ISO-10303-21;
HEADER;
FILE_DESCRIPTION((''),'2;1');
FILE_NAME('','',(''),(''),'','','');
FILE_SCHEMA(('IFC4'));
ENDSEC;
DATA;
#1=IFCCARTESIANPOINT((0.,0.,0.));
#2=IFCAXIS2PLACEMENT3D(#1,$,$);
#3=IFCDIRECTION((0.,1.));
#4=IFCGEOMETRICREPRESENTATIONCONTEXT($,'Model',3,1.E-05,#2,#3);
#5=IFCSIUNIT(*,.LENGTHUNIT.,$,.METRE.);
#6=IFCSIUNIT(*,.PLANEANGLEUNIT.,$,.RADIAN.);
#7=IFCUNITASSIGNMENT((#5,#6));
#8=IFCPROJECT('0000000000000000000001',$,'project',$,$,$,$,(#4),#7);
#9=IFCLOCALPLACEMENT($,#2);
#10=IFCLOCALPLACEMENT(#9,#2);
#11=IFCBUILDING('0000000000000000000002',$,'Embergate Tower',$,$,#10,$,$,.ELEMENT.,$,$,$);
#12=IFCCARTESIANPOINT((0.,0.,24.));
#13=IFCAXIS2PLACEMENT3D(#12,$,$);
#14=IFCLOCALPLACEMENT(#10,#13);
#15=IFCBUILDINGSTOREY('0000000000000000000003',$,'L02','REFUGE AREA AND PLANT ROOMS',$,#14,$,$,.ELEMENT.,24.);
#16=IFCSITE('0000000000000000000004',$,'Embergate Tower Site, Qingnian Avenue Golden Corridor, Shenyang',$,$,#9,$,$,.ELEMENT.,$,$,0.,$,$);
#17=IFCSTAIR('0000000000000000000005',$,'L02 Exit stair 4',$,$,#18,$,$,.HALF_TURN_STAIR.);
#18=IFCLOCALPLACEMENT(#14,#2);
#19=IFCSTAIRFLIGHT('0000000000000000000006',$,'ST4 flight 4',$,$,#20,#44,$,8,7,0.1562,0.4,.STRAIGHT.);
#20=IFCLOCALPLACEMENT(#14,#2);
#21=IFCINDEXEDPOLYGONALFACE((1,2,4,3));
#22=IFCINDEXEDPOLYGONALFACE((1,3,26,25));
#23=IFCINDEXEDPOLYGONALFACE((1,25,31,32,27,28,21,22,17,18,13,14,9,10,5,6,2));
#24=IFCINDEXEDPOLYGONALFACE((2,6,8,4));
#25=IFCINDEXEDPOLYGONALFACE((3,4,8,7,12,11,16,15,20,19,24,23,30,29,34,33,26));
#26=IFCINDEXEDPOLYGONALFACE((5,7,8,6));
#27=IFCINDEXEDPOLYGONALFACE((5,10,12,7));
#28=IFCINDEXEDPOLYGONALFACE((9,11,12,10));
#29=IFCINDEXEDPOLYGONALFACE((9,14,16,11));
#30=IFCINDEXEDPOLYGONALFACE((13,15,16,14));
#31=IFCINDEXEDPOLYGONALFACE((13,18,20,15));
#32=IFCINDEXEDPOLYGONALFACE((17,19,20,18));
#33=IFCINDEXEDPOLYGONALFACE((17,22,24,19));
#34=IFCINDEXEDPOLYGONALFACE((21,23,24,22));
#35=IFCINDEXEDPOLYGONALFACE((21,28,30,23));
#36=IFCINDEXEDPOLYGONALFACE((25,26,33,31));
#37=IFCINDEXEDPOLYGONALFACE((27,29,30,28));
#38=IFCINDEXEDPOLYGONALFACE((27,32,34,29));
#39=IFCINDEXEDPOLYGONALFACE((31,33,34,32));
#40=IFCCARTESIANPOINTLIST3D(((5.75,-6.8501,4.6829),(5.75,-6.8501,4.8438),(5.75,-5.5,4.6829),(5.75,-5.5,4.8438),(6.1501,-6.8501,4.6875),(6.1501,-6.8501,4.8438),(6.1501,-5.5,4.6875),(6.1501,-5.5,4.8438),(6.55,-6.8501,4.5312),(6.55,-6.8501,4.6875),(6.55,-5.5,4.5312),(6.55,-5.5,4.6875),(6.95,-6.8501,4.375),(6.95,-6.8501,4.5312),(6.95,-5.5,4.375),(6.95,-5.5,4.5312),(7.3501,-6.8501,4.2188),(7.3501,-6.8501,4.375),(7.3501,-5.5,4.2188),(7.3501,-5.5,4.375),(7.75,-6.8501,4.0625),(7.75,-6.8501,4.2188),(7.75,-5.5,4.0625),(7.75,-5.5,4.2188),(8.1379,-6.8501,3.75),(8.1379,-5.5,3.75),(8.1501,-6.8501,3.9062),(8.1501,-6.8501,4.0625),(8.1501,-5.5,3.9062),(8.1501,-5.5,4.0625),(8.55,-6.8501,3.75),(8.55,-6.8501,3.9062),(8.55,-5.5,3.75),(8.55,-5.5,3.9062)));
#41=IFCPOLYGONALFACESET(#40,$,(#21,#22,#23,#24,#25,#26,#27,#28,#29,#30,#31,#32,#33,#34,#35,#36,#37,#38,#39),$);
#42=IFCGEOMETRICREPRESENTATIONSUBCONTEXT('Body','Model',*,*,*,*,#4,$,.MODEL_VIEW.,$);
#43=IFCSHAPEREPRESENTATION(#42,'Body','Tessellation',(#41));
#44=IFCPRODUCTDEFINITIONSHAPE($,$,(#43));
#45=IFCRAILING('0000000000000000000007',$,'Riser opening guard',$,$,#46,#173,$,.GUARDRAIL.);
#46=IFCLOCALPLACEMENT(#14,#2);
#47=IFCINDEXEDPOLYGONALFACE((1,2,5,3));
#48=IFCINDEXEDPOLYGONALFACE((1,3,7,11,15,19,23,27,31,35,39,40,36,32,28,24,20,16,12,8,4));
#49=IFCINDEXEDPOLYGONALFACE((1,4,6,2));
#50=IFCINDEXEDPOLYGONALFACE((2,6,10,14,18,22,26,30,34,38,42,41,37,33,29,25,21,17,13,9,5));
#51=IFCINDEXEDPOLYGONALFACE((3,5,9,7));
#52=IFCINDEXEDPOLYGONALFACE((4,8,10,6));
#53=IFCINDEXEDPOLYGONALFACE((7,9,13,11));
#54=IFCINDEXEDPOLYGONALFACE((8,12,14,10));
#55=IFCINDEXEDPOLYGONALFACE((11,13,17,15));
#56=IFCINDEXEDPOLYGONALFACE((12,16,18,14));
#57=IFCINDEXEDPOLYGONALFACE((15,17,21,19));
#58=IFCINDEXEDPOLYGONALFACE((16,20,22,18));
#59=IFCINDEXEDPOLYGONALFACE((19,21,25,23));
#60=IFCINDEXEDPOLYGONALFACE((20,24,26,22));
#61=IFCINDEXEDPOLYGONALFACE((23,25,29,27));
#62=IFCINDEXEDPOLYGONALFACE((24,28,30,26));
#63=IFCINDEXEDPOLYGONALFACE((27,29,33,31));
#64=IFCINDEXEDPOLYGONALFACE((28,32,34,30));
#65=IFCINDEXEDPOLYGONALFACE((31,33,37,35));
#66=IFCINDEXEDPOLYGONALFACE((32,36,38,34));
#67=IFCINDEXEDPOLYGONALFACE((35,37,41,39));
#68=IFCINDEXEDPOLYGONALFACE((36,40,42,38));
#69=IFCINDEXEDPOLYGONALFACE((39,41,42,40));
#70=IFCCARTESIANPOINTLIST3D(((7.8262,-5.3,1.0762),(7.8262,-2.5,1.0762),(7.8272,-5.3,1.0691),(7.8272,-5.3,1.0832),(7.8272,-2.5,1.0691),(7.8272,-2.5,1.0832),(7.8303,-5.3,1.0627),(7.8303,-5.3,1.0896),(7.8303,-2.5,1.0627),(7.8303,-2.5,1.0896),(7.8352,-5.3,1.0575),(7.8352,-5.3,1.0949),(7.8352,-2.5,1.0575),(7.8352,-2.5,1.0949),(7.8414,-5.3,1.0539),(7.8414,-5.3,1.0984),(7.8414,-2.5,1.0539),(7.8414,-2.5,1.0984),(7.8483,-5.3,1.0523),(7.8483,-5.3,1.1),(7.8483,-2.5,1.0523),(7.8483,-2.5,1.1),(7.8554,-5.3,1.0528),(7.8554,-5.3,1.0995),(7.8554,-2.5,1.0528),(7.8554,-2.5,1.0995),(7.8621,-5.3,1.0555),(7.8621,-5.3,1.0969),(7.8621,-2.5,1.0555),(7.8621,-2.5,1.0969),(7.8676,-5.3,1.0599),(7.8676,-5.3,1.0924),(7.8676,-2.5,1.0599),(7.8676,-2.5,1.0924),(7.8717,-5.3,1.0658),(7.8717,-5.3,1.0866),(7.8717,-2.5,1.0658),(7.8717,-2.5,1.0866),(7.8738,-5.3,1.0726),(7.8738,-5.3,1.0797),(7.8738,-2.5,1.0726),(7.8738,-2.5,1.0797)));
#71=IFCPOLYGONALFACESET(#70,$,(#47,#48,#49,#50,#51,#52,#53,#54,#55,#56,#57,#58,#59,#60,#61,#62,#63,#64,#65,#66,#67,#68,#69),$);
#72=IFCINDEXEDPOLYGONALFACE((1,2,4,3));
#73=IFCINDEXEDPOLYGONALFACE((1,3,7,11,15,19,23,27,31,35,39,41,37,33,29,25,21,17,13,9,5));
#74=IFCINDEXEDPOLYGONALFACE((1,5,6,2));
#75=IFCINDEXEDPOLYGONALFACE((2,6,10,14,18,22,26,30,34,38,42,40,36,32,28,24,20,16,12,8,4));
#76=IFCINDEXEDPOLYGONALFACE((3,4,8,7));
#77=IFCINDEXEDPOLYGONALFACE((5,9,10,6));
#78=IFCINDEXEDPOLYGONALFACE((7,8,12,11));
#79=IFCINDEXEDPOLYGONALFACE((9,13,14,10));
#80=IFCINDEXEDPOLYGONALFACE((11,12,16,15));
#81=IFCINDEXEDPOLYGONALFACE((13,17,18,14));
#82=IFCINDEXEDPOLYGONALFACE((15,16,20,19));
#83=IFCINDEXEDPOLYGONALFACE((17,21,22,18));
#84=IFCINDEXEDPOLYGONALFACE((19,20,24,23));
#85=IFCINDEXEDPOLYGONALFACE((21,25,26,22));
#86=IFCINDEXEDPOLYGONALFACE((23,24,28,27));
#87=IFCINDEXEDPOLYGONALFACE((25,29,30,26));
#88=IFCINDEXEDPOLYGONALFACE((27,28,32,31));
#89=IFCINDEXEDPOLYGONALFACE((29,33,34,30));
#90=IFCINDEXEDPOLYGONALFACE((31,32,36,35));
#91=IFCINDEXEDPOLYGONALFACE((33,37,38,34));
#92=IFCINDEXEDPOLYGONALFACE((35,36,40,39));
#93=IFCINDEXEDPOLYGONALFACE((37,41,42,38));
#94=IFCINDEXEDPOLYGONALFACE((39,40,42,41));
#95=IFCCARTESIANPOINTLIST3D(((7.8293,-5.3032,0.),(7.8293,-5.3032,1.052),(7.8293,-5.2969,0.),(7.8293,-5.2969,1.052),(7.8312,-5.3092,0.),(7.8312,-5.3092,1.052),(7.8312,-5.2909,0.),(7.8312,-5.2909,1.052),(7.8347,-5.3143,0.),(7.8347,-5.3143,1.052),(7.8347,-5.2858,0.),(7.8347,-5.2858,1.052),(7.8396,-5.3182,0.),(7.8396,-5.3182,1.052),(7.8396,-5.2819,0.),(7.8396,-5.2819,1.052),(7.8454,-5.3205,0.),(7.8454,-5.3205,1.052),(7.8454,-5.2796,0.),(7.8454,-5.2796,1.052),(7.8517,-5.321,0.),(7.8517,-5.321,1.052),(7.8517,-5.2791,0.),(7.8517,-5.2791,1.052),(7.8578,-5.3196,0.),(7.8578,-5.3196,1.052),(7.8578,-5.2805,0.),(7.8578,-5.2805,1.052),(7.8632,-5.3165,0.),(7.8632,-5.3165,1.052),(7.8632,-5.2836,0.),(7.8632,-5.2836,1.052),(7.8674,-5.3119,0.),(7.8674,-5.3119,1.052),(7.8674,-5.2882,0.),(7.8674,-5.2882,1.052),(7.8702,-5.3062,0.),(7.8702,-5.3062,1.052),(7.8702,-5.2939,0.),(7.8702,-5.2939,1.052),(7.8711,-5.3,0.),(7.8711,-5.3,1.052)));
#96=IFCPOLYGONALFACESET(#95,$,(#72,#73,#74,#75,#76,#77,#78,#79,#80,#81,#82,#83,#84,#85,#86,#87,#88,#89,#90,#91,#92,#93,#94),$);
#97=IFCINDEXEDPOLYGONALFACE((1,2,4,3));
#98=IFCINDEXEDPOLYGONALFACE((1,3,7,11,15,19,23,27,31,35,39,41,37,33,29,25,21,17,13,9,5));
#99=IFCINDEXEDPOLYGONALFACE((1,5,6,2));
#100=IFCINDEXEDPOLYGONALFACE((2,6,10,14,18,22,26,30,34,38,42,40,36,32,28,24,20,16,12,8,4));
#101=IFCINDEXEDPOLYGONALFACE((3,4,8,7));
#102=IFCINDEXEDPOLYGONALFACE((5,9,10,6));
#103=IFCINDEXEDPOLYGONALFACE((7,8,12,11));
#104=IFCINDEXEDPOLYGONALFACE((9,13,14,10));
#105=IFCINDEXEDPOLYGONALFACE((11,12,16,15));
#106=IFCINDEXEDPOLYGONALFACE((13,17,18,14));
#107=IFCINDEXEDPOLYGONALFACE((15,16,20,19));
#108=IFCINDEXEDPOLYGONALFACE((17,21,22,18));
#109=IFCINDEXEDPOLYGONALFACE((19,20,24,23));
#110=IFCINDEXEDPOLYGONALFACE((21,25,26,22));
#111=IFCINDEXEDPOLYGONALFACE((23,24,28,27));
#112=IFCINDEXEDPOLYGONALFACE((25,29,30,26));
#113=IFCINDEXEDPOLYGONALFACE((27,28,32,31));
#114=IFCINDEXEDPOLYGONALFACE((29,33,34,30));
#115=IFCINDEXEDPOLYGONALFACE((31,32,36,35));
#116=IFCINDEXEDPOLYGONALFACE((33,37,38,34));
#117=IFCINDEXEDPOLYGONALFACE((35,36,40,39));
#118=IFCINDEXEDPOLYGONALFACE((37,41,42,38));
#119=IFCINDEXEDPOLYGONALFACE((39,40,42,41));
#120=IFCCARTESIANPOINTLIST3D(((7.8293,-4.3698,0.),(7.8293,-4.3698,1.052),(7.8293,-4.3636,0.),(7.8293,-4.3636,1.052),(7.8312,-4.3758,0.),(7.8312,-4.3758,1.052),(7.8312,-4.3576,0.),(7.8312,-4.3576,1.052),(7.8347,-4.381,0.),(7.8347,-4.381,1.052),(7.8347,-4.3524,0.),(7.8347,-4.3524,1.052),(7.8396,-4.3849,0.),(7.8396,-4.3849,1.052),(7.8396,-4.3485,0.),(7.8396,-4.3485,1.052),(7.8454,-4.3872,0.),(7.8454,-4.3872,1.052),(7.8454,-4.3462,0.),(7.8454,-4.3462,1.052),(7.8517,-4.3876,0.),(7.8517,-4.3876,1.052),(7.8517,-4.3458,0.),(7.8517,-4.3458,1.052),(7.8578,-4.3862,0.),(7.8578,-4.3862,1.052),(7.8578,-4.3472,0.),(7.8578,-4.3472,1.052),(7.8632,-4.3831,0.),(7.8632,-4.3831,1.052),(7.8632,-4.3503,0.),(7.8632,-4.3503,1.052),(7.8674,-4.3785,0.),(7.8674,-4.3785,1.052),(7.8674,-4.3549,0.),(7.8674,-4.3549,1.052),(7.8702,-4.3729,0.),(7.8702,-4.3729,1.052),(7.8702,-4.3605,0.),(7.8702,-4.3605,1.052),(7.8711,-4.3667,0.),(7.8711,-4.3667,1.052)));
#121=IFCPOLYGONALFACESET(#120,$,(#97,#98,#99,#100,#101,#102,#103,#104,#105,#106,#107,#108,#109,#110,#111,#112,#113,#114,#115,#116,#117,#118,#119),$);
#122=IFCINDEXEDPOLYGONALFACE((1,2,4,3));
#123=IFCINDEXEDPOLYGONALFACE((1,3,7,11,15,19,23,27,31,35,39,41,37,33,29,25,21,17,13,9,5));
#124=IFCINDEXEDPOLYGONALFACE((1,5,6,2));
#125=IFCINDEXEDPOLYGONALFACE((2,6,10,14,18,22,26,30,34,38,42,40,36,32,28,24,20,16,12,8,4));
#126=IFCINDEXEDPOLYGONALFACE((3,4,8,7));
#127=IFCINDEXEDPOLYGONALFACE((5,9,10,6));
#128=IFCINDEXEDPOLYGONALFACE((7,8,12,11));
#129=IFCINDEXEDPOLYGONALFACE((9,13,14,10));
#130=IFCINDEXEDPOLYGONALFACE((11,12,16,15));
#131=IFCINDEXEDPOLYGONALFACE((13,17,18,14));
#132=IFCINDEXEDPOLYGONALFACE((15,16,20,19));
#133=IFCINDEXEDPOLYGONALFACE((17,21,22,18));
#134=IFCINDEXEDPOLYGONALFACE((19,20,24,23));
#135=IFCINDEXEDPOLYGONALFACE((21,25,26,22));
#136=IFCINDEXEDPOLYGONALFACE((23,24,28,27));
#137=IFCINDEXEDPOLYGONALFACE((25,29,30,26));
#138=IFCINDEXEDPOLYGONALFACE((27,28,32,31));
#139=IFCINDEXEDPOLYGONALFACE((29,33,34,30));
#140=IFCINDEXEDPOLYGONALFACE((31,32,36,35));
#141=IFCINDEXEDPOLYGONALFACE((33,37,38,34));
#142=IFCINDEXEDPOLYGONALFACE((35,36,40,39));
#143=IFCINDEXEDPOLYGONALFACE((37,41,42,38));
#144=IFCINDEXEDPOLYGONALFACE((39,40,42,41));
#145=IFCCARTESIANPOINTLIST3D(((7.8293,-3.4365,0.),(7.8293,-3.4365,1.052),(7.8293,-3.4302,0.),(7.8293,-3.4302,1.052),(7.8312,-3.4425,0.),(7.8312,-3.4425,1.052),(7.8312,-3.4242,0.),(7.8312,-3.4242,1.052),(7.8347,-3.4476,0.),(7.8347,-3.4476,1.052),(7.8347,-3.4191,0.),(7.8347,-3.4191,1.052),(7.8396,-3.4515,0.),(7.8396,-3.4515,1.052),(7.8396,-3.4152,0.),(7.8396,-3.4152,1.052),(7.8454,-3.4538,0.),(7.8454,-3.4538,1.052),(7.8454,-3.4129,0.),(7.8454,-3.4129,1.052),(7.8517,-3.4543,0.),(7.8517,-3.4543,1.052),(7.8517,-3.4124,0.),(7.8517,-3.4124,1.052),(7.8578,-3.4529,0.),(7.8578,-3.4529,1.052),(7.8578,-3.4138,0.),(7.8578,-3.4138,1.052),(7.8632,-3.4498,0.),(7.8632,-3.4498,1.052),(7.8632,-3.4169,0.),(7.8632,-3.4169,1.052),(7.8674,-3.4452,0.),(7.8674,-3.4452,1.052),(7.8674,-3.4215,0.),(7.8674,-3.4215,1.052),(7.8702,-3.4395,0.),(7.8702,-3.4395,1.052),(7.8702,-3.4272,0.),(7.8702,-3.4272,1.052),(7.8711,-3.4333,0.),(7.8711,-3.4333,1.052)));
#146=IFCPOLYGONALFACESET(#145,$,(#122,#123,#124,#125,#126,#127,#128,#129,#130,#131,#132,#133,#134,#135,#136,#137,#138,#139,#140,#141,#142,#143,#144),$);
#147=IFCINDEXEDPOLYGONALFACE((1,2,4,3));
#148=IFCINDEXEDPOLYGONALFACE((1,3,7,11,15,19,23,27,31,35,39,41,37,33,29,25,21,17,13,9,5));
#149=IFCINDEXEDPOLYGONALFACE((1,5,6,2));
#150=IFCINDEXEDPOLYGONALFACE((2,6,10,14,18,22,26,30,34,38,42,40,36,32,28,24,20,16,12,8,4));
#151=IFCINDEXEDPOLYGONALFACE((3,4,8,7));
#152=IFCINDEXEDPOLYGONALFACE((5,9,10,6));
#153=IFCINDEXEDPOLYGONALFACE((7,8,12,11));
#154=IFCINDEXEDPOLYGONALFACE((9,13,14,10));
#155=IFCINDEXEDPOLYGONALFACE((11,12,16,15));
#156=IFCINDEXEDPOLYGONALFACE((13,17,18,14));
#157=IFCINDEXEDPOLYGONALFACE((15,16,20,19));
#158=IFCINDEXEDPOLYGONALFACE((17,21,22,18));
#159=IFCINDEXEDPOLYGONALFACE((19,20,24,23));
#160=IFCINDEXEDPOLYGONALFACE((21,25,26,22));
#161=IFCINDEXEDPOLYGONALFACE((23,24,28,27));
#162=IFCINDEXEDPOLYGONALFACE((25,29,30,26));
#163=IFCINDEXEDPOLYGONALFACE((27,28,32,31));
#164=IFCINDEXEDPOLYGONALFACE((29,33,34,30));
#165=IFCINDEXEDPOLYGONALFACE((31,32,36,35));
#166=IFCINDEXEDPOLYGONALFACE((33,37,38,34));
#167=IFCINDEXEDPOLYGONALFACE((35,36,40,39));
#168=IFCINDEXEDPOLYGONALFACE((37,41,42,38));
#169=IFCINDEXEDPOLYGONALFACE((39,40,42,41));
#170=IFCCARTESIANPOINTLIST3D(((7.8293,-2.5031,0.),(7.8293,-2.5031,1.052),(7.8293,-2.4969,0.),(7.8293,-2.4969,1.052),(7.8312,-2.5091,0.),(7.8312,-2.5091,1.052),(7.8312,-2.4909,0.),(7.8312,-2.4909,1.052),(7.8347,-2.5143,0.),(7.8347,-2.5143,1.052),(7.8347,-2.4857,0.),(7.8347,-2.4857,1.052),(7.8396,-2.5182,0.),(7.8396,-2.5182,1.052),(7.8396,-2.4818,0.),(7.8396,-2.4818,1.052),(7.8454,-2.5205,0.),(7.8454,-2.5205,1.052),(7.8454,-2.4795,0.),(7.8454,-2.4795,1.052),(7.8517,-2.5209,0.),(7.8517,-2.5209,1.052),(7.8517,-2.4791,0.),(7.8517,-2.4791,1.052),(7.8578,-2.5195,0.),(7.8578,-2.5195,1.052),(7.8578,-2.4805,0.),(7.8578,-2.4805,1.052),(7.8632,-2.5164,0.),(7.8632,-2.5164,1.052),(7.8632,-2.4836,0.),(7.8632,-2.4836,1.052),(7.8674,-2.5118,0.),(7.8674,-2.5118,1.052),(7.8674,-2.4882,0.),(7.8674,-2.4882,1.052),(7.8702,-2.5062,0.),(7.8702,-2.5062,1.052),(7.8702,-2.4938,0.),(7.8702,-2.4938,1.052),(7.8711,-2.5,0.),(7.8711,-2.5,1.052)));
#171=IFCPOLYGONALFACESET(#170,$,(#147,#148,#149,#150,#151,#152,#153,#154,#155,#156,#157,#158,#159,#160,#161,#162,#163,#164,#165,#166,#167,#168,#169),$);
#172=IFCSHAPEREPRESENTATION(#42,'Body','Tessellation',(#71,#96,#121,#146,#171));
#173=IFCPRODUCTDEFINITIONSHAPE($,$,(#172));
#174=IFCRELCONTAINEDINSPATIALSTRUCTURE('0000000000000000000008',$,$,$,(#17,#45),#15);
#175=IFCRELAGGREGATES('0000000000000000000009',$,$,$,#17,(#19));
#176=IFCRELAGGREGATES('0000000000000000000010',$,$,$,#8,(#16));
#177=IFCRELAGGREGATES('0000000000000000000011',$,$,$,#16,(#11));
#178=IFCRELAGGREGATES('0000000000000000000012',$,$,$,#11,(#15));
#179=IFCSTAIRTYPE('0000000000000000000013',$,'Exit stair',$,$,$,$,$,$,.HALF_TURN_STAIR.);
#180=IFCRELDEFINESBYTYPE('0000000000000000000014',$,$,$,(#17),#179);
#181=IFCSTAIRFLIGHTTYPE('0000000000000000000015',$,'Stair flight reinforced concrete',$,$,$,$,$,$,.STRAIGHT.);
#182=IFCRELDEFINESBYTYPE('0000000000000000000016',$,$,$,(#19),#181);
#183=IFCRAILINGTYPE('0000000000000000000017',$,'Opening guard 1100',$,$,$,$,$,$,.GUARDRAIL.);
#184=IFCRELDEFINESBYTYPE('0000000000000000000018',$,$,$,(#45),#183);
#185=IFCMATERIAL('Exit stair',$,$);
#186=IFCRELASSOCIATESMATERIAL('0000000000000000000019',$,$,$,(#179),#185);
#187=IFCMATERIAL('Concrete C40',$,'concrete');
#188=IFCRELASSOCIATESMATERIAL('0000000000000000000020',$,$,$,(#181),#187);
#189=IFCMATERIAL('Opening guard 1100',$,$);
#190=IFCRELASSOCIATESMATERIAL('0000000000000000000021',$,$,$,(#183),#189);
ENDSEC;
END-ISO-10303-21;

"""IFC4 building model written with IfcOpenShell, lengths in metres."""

from ifc_helpers import new_model, si_unit, direction, frame, origin, origin_2d, place, context, subcontext, project, spatial, polyline, circle, outline, extrude, source, transform, mapped, material, type_object, element, aggregate, save


model = new_model("IFC4")

# Units and contexts
model_context = context("Model", 3, precision=1e-05, world=origin(), true_north=direction((0.0, 1.0)))
body_context = subcontext(model_context, "Body", "Model", "MODEL_VIEW")
ifc_project = project(units=[si_unit("LENGTHUNIT", "METRE"), si_unit("PLANEANGLEUNIT", "RADIAN")], contexts=[model_context])

# Site, building, storey
site_placement = place(None, origin())
site = spatial("IfcSite", under=ifc_project, at=site_placement, Name="Embergate Tower Site, Qingnian Avenue Golden Corridor, Shenyang", CompositionType="ELEMENT", RefElevation=0.0)
building_placement = place(site_placement, origin())
building = spatial("IfcBuilding", under=site, at=building_placement, Name="Embergate Tower", CompositionType="ELEMENT")
storey_placement = place(building_placement, frame((0.0, 0.0, 24.0)))
storey = spatial("IfcBuildingStorey", under=building, at=storey_placement, Name="L02", Description="REFUGE AREA AND PLANT ROOMS", CompositionType="ELEMENT", Elevation=24.0)

# Stair
ifc_material_1 = material(Name="Exit stair")
stair_type = type_object("IfcStairType", Name="Exit stair", PredefinedType="HALF_TURN_STAIR", material=ifc_material_1)
stair_placement = place(storey_placement, origin())
stair = element("IfcStair", 1, at=stair_placement, inside=storey, type_object=stair_type, Name="L02 Exit stair 4", PredefinedType="HALF_TURN_STAIR")
ifc_material_2 = material(Name="Concrete C40", Category="concrete")

# Stair flight
stair_flight_type = type_object("IfcStairFlightType", Name="Stair flight reinforced concrete", PredefinedType="STRAIGHT", material=ifc_material_2)
shared_shape_1 = source(origin(), body_context, "Body", "SweptSolid", [
    extrude(outline(polyline([(0.0, 0.0), (0.0, 0.1562), (0.3999, 0.1562), (0.3999, 0.3125), (0.8, 0.3125), (0.8, 0.4688), (1.2, 0.4688), (1.2, 0.625), (1.6001, 0.625), (1.6001, 0.7812), (2.0, 0.7812), (2.0, 0.9375), (2.3999, 0.9375), (2.3999, 1.0938), (2.8, 1.0938), (2.8, 1.25), (2.8, 0.9329), (0.4121, 0.0), (0.0, 0.0)])), frame((0.0, 0.675, 0.0), z_axis=(0.0, -1.0, 0.0), x_axis=(1.0, 0.0, 0.0)), (0.0, 0.0, 1.0), 1.3501),
])
stair_flight_1_placement = place(storey_placement, frame((8.55, -6.175, 3.75), z_axis=(0.0, 0.0, 1.0), x_axis=(-1.0, 0.0, 0.0)))
stair_flight_1 = element("IfcStairFlight", 2, at=stair_flight_1_placement, type_object=stair_flight_type, Name="ST4 flight 4", NumberOfRisers=8, NumberOfTreads=7, PredefinedType="STRAIGHT", RiserHeight=0.1562, TreadLength=0.4, context=body_context, shape_type="MappedRepresentation", body=[
    mapped(shared_shape_1, transform((0.0, 0.0, 0.0))),
])
aggregate(stair, [stair_flight_1])

# Railing
ifc_material_3 = material(Name="Opening guard 1100")
railing_type = type_object("IfcRailingType", Name="Opening guard 1100", PredefinedType="GUARDRAIL", material=ifc_material_3)
shared_shape_2 = source(origin(), body_context, "Body", "SweptSolid", [
    extrude(circle(Radius=0.0239, at=origin_2d()), frame((0.0, 0.0, 1.0762), z_axis=(0.0, 1.0, 0.0), x_axis=(-1.0, 0.0, 0.0)), (0.0, 0.0, 1.0), 2.8),
    extrude(circle(Radius=0.021, at=origin_2d()), origin(), (0.0, 0.0, 1.0), 1.052),
    extrude(circle(Radius=0.021, at=origin_2d()), frame((0.0, 0.9333, 0.0)), (0.0, 0.0, 1.0), 1.052),
    extrude(circle(Radius=0.021, at=origin_2d()), frame((0.0, 1.8667, 0.0)), (0.0, 0.0, 1.0), 1.052),
    extrude(circle(Radius=0.021, at=origin_2d()), frame((0.0, 2.8, 0.0)), (0.0, 0.0, 1.0), 1.052),
])
railing_placement = place(storey_placement, frame((7.8501, -5.3, 0.0)))
element("IfcRailing", 3, at=railing_placement, inside=storey, type_object=railing_type, Name="Riser opening guard", PredefinedType="GUARDRAIL", context=body_context, shape_type="MappedRepresentation", body=[
    mapped(shared_shape_2, transform((0.0, 0.0, 0.0))),
])

save(model, "model.ifc")
